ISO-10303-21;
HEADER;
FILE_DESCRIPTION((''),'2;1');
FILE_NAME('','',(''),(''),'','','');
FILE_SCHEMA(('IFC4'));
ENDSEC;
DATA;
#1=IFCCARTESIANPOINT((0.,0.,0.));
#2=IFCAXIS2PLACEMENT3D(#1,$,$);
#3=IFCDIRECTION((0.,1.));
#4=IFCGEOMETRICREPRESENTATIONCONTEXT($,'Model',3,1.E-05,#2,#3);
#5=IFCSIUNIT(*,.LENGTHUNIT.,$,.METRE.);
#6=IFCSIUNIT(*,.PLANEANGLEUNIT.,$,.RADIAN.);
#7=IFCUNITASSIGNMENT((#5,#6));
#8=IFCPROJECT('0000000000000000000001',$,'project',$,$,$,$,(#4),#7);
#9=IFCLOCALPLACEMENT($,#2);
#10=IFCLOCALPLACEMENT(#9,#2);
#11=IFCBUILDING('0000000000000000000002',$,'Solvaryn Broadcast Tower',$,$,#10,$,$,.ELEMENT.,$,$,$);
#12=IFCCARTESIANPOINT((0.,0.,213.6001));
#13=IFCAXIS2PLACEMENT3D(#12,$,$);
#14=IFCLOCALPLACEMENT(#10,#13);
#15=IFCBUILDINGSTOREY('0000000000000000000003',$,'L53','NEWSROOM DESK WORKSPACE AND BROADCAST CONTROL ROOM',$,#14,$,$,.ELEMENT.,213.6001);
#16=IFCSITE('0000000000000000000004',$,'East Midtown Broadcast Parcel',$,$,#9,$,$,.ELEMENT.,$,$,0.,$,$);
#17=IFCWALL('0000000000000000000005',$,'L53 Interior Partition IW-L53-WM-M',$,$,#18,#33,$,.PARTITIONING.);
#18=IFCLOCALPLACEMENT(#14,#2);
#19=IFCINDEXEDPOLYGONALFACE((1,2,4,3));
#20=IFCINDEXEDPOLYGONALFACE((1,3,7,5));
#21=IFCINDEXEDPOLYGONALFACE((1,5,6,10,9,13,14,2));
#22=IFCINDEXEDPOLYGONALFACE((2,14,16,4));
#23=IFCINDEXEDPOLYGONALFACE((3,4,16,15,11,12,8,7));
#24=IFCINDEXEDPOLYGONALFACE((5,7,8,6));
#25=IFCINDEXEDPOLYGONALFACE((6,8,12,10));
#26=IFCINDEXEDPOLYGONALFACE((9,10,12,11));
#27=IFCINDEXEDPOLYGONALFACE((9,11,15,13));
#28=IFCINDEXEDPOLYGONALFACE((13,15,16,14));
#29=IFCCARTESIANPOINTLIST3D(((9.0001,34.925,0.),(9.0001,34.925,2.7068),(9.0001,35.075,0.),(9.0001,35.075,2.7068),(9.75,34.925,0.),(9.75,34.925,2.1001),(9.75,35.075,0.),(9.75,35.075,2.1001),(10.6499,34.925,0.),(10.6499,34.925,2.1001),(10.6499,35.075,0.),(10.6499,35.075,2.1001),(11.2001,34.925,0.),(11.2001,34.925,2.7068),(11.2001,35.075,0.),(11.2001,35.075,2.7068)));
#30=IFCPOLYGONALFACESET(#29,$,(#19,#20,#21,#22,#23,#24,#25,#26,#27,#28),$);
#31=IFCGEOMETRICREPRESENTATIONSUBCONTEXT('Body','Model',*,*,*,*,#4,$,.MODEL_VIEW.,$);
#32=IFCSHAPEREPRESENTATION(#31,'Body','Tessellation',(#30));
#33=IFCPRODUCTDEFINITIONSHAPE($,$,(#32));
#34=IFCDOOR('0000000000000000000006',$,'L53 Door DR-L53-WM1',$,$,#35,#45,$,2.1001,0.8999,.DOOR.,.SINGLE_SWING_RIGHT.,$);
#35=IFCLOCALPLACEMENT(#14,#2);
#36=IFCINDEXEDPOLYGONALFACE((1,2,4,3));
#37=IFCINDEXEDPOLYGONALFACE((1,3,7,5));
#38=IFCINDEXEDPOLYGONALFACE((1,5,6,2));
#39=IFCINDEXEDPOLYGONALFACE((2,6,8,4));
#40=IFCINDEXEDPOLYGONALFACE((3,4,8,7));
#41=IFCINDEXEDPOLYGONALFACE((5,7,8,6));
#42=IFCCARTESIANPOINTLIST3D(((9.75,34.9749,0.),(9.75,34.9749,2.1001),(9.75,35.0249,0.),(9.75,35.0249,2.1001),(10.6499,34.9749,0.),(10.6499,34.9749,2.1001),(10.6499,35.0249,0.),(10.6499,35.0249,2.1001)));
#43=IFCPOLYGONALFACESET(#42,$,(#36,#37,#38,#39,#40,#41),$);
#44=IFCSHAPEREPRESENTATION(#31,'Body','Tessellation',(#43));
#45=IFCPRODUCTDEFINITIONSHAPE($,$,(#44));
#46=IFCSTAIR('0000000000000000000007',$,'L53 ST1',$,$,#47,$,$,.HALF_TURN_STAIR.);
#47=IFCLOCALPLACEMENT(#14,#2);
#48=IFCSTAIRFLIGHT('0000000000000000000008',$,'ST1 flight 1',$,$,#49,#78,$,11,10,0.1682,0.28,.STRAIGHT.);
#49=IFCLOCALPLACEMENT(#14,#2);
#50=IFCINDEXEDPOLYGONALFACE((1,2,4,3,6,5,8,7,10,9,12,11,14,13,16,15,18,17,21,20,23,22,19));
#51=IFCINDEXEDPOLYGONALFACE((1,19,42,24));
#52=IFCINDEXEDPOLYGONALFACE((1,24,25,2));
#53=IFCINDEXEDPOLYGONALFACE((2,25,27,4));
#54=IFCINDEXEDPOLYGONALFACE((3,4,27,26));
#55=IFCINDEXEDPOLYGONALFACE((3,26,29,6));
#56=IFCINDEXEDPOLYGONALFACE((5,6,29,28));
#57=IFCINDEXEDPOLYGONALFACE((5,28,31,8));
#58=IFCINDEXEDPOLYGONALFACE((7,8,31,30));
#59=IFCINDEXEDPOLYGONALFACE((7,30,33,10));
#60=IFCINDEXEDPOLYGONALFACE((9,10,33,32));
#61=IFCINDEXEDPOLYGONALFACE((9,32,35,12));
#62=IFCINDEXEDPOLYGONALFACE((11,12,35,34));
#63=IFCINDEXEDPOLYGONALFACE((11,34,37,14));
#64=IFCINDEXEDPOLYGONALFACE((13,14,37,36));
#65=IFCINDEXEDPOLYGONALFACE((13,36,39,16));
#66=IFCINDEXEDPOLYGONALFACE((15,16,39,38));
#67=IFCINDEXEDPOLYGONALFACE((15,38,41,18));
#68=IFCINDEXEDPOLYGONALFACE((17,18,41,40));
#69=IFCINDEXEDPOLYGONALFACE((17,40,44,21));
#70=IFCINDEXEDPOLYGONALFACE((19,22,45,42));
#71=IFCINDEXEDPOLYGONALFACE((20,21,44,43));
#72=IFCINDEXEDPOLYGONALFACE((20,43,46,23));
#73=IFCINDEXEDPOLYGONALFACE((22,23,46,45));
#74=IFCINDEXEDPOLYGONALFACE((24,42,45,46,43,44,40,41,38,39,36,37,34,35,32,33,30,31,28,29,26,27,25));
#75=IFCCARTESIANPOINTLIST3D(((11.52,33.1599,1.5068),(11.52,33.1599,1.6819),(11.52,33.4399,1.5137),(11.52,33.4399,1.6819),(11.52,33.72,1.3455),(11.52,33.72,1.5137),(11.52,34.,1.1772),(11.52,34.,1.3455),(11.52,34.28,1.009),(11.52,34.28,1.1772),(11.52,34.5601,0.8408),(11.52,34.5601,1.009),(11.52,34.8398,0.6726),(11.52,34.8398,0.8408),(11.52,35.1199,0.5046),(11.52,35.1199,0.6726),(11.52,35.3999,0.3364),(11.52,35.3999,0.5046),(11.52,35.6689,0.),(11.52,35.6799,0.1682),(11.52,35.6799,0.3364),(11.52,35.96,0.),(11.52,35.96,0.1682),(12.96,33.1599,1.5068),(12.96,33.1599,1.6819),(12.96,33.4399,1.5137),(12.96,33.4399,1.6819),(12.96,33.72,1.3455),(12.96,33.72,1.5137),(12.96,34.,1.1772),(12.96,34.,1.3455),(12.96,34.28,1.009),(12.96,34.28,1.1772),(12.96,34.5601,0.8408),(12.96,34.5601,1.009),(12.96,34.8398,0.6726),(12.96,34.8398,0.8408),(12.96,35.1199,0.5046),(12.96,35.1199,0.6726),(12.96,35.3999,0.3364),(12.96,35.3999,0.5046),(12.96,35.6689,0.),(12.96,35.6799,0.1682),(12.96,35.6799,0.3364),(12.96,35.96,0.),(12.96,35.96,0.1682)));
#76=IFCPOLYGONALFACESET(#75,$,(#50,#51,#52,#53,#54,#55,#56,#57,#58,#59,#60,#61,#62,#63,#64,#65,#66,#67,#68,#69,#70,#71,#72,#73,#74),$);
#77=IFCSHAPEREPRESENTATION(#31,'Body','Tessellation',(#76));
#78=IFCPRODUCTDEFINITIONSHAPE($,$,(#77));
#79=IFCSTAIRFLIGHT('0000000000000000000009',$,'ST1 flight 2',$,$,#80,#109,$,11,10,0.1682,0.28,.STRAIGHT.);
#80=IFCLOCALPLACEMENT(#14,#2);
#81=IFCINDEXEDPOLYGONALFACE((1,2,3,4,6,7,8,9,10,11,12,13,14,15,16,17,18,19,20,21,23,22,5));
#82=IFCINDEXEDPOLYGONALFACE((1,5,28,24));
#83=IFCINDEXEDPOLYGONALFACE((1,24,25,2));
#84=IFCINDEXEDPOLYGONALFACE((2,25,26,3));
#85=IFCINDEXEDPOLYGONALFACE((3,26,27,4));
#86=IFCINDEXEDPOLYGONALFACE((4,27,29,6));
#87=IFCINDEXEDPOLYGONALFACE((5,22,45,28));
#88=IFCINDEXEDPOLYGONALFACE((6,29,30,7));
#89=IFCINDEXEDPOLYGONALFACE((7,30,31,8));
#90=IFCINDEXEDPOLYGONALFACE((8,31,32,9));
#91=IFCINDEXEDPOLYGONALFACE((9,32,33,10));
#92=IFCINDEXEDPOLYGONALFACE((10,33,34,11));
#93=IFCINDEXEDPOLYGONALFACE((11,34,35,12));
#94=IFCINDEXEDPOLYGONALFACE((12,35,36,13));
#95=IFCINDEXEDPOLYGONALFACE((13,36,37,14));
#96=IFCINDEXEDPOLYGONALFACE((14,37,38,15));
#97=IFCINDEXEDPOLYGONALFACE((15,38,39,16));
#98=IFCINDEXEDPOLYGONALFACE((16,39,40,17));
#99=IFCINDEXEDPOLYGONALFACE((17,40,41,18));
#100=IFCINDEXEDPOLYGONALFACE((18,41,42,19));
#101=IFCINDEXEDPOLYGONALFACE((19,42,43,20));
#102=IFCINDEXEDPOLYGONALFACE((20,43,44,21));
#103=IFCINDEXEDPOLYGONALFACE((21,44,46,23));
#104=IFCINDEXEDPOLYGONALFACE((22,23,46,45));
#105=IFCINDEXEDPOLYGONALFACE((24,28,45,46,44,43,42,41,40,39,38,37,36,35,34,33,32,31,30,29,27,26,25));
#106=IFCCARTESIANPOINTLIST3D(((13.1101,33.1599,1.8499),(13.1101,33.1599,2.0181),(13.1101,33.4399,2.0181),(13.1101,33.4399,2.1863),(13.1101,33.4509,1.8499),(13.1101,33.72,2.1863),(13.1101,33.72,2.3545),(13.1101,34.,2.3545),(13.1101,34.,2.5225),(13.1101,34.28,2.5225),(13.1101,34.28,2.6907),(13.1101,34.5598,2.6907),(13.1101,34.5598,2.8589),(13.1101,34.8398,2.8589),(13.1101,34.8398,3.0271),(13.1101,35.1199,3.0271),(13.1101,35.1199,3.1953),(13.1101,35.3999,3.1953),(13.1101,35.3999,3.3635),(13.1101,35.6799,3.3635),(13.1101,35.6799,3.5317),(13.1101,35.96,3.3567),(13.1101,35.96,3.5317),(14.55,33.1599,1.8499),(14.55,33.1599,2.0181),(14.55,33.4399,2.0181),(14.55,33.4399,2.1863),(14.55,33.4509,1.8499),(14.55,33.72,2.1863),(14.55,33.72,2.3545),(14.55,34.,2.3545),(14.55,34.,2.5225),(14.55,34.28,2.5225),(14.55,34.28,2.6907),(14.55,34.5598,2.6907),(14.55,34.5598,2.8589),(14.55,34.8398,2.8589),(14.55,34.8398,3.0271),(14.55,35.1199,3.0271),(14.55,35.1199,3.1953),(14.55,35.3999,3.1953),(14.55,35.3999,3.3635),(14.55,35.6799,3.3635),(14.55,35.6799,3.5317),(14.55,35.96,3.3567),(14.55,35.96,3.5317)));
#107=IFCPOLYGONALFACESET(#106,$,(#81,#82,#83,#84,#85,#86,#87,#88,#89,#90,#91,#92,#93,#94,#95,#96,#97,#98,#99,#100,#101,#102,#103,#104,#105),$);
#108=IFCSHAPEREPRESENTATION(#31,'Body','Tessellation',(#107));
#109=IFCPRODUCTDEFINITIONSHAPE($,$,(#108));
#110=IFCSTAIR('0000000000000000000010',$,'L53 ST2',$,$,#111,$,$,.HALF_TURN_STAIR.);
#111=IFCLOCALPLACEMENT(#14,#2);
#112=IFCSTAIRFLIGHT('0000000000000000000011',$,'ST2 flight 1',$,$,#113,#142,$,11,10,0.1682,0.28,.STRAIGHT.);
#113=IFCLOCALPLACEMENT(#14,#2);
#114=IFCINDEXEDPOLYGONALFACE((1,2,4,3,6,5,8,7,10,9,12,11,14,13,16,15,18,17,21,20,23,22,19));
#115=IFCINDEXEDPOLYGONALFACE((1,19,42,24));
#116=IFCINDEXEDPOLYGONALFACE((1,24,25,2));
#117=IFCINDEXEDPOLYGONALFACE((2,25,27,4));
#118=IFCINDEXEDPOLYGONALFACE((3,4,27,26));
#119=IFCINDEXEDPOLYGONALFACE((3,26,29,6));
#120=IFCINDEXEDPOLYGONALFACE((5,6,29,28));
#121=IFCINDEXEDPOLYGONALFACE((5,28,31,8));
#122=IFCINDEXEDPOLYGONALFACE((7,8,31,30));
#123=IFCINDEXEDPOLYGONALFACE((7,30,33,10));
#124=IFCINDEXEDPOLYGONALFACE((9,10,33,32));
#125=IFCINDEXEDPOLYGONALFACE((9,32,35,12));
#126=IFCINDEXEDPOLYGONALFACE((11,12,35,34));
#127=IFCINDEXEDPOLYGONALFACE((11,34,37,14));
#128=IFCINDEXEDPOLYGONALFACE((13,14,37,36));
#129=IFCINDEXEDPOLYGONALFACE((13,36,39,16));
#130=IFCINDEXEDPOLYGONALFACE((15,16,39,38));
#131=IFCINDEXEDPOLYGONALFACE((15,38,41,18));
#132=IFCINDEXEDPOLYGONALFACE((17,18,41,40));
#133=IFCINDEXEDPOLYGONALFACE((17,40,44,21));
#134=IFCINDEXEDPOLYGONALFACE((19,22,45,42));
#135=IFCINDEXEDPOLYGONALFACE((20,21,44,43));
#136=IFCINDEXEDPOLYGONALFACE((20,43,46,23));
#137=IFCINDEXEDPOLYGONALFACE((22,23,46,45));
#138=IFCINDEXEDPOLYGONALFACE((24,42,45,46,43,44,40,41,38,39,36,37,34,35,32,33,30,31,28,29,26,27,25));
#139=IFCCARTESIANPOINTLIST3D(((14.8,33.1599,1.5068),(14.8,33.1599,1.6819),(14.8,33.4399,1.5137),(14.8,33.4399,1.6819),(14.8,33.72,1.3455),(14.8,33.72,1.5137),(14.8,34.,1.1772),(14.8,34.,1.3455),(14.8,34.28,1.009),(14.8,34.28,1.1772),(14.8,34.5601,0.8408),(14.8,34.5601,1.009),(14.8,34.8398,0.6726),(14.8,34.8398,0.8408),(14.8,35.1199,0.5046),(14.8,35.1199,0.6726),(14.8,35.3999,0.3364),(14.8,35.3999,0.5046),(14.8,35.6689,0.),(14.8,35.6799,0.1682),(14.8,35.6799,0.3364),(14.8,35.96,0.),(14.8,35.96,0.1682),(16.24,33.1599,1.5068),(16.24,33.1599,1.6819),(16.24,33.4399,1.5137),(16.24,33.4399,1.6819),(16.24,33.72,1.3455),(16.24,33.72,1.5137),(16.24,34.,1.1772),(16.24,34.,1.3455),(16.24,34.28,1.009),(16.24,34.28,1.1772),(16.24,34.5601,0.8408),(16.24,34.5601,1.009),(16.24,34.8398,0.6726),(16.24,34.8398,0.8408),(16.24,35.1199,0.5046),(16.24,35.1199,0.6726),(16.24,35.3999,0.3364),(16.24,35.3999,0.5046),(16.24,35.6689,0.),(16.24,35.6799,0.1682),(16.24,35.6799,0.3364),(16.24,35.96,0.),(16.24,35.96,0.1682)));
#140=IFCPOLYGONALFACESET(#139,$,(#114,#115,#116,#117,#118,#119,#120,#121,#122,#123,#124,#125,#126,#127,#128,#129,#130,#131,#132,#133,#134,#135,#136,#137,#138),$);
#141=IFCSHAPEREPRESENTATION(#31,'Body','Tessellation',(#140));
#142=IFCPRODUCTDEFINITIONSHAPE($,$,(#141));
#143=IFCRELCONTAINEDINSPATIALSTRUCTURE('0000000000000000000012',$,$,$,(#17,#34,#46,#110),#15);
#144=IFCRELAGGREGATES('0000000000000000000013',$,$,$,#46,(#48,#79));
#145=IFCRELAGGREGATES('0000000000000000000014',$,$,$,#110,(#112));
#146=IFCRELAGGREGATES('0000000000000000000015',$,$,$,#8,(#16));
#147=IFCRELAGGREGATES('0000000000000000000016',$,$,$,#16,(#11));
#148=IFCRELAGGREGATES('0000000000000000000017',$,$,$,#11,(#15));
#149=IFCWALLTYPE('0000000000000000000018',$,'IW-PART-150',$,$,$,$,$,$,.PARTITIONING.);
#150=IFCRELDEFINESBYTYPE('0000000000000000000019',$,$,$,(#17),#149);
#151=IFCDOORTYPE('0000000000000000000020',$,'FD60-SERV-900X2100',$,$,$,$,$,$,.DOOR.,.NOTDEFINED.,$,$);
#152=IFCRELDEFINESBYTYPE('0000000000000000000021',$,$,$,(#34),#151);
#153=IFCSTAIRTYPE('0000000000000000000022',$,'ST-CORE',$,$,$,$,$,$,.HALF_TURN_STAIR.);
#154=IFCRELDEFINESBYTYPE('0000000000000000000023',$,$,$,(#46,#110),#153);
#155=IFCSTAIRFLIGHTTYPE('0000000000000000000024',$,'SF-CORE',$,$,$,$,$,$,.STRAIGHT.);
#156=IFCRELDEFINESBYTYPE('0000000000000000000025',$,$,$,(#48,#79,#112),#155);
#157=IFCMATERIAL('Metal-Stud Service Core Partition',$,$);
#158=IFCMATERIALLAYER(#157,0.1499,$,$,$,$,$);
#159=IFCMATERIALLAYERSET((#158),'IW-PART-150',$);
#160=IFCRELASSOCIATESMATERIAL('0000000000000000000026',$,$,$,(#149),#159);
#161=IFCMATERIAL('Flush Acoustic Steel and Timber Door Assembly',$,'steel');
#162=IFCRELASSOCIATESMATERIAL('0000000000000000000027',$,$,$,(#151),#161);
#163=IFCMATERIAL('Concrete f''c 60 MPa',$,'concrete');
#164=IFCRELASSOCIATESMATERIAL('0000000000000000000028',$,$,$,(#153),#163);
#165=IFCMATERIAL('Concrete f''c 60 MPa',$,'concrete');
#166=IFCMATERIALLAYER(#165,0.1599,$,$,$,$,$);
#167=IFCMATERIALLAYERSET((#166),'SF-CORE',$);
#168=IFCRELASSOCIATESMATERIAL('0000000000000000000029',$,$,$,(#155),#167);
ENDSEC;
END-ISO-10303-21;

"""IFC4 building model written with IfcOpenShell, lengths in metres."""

from ifc_helpers import new_model, si_unit, direction, frame, frame_2d, origin, place, context, subcontext, project, spatial, polyline, rectangle, outline, extrude, material, layer, layer_set, type_object, element, fill, aggregate, save


model = new_model("IFC4")

# Units and contexts
model_context = context("Model", 3, precision=1e-05, world=origin(), true_north=direction((0.0, 1.0)))
body_context = subcontext(model_context, "Body", "Model", "MODEL_VIEW")
ifc_project = project(units=[si_unit("LENGTHUNIT", "METRE"), si_unit("PLANEANGLEUNIT", "RADIAN")], contexts=[model_context])

# Site, building, storey
site_placement = place(None, origin())
site = spatial("IfcSite", under=ifc_project, at=site_placement, Name="East Midtown Broadcast Parcel", CompositionType="ELEMENT", RefElevation=0.0)
building_placement = place(site_placement, origin())
building = spatial("IfcBuilding", under=site, at=building_placement, Name="Solvaryn Broadcast Tower", CompositionType="ELEMENT")
storey_placement = place(building_placement, frame((0.0, 0.0, 213.6001)))
storey = spatial("IfcBuildingStorey", under=building, at=storey_placement, Name="L53", Description="NEWSROOM DESK WORKSPACE AND BROADCAST CONTROL ROOM", CompositionType="ELEMENT", Elevation=213.6001)

# Wall, opening, door
ifc_material_1 = material(Name="Metal-Stud Service Core Partition")
ifc_layer_1 = layer(ifc_material_1, 0.1499)
ifc_layer_set_1 = layer_set([ifc_layer_1], Name="IW-PART-150")
wall_type = type_object("IfcWallType", Name="IW-PART-150", PredefinedType="PARTITIONING", material=ifc_layer_set_1)
wall_placement = place(storey_placement, frame((9.0, 35.0, 0.0), z_axis=(0.0, 0.0, 1.0), x_axis=(1.0, 0.0, 0.0)))
wall = element("IfcWall", 1, at=wall_placement, inside=storey, type_object=wall_type, Name="L53 Interior Partition IW-L53-WM-M", PredefinedType="PARTITIONING", context=body_context, shape_type="SweptSolid", body=[
    extrude(rectangle(XDim=2.2, YDim=0.1499, at=frame_2d((1.1001, 0.0))), origin(), (0.0, 0.0, 1.0), 2.7068),
])
opening_placement = place(wall_placement, frame((0.75, 0.0, 0.0)))
opening = element("IfcOpeningElement", 2, at=opening_placement, cuts=wall, PredefinedType="OPENING", context=body_context, shape_type="SweptSolid", body=[
    extrude(rectangle(XDim=0.8999, YDim=2.1001, at=frame_2d((0.45, 1.05))), frame((0.0, 0.085, 0.0), z_axis=(0.0, -1.0, 0.0), x_axis=(1.0, 0.0, 0.0)), (0.0, 0.0, 1.0), 0.1699),
])
ifc_material_2 = material(Name="Flush Acoustic Steel and Timber Door Assembly", Category="steel")
door_type = type_object("IfcDoorType", Name="FD60-SERV-900X2100", OperationType="NOTDEFINED", PredefinedType="DOOR", material=ifc_material_2)
door_placement = place(opening_placement, origin())
door = element("IfcDoor", 3, at=door_placement, inside=storey, type_object=door_type, Name="L53 Door DR-L53-WM1", OperationType="SINGLE_SWING_RIGHT", OverallHeight=2.1001, OverallWidth=0.8999, PredefinedType="DOOR", context=body_context, shape_type="SweptSolid", body=[
    extrude(rectangle(XDim=0.8999, YDim=2.1001, at=frame_2d((0.45, 1.05))), frame((0.0, 0.0249, 0.0), z_axis=(0.0, -1.0, 0.0), x_axis=(1.0, 0.0, 0.0)), (0.0, 0.0, 1.0), 0.05),
])
fill(opening, door)

# Stair, stair flights
ifc_material_3 = material(Name="Concrete f'c 60 MPa", Category="concrete")
stair_type = type_object("IfcStairType", Name="ST-CORE", PredefinedType="HALF_TURN_STAIR", material=ifc_material_3)
stair_1_placement = place(storey_placement, origin())
stair_1 = element("IfcStair", 4, at=stair_1_placement, inside=storey, type_object=stair_type, Name="L53 ST1", PredefinedType="HALF_TURN_STAIR")
ifc_material_4 = material(Name="Concrete f'c 60 MPa", Category="concrete")
ifc_layer_2 = layer(ifc_material_4, 0.1599)
ifc_layer_set_2 = layer_set([ifc_layer_2], Name="SF-CORE")
stair_flight_type = type_object("IfcStairFlightType", Name="SF-CORE", PredefinedType="STRAIGHT", material=ifc_layer_set_2)
stair_flight_1_placement = place(storey_placement, frame((12.24, 35.96, 0.0), z_axis=(0.0, 0.0, 1.0), x_axis=(0.0, -1.0, 0.0)))
stair_flight_1 = element("IfcStairFlight", 5, at=stair_flight_1_placement, type_object=stair_flight_type, Name="ST1 flight 1", NumberOfRisers=11, NumberOfTreads=10, PredefinedType="STRAIGHT", RiserHeight=0.1682, TreadLength=0.28, context=body_context, shape_type="SweptSolid", body=[
    extrude(outline(polyline([(0.0, 0.0), (0.0, 0.1682), (0.28, 0.1682), (0.28, 0.3364), (0.5601, 0.3364), (0.5601, 0.5046), (0.8401, 0.5046), (0.8401, 0.6726), (1.1201, 0.6726), (1.1201, 0.8408), (1.3999, 0.8408), (1.3999, 1.009), (1.6799, 1.009), (1.6799, 1.1772), (1.96, 1.1772), (1.96, 1.3455), (2.24, 1.3455), (2.24, 1.5137), (2.52, 1.5137), (2.52, 1.6819), (2.8, 1.6819), (2.8, 1.8501), (2.8, 1.5068), (0.291, 0.0), (0.0, 0.0)])), frame((0.0, 0.72, 0.0), z_axis=(0.0, -1.0, 0.0), x_axis=(1.0, 0.0, 0.0)), (0.0, 0.0, 1.0), 1.4399),
])
stair_flight_2_placement = place(storey_placement, frame((13.8301, 33.1599, 1.8499), z_axis=(0.0, 0.0, 1.0), x_axis=(0.0, 1.0, 0.0)))
stair_flight_2 = element("IfcStairFlight", 6, at=stair_flight_2_placement, type_object=stair_flight_type, Name="ST1 flight 2", NumberOfRisers=11, NumberOfTreads=10, PredefinedType="STRAIGHT", RiserHeight=0.1682, TreadLength=0.28, context=body_context, shape_type="SweptSolid", body=[
    extrude(outline(polyline([(0.0, 0.0), (0.0, 0.1682), (0.28, 0.1682), (0.28, 0.3364), (0.5601, 0.3364), (0.5601, 0.5046), (0.8401, 0.5046), (0.8401, 0.6726), (1.1201, 0.6726), (1.1201, 0.8408), (1.3999, 0.8408), (1.3999, 1.009), (1.6799, 1.009), (1.6799, 1.1772), (1.96, 1.1772), (1.96, 1.3455), (2.24, 1.3455), (2.24, 1.5137), (2.52, 1.5137), (2.52, 1.6819), (2.8, 1.6819), (2.8, 1.8501), (2.8, 1.5068), (0.291, 0.0), (0.0, 0.0)])), frame((0.0, 0.72, 0.0), z_axis=(0.0, -1.0, 0.0), x_axis=(1.0, 0.0, 0.0)), (0.0, 0.0, 1.0), 1.4399),
])
aggregate(stair_1, [stair_flight_1, stair_flight_2])

# Stair, stair flight
stair_2_placement = place(storey_placement, origin())
stair_2 = element("IfcStair", 7, at=stair_2_placement, inside=storey, type_object=stair_type, Name="L53 ST2", PredefinedType="HALF_TURN_STAIR")
stair_flight_3_placement = place(storey_placement, frame((15.52, 35.96, 0.0), z_axis=(0.0, 0.0, 1.0), x_axis=(0.0, -1.0, 0.0)))
stair_flight_3 = element("IfcStairFlight", 8, at=stair_flight_3_placement, type_object=stair_flight_type, Name="ST2 flight 1", NumberOfRisers=11, NumberOfTreads=10, PredefinedType="STRAIGHT", RiserHeight=0.1682, TreadLength=0.28, context=body_context, shape_type="SweptSolid", body=[
    extrude(outline(polyline([(0.0, 0.0), (0.0, 0.1682), (0.28, 0.1682), (0.28, 0.3364), (0.5601, 0.3364), (0.5601, 0.5046), (0.8401, 0.5046), (0.8401, 0.6726), (1.1201, 0.6726), (1.1201, 0.8408), (1.3999, 0.8408), (1.3999, 1.009), (1.6799, 1.009), (1.6799, 1.1772), (1.96, 1.1772), (1.96, 1.3455), (2.24, 1.3455), (2.24, 1.5137), (2.52, 1.5137), (2.52, 1.6819), (2.8, 1.6819), (2.8, 1.8501), (2.8, 1.5068), (0.291, 0.0), (0.0, 0.0)])), frame((0.0, 0.72, 0.0), z_axis=(0.0, -1.0, 0.0), x_axis=(1.0, 0.0, 0.0)), (0.0, 0.0, 1.0), 1.4399),
])
aggregate(stair_2, [stair_flight_3])

save(model, "model.ifc")
